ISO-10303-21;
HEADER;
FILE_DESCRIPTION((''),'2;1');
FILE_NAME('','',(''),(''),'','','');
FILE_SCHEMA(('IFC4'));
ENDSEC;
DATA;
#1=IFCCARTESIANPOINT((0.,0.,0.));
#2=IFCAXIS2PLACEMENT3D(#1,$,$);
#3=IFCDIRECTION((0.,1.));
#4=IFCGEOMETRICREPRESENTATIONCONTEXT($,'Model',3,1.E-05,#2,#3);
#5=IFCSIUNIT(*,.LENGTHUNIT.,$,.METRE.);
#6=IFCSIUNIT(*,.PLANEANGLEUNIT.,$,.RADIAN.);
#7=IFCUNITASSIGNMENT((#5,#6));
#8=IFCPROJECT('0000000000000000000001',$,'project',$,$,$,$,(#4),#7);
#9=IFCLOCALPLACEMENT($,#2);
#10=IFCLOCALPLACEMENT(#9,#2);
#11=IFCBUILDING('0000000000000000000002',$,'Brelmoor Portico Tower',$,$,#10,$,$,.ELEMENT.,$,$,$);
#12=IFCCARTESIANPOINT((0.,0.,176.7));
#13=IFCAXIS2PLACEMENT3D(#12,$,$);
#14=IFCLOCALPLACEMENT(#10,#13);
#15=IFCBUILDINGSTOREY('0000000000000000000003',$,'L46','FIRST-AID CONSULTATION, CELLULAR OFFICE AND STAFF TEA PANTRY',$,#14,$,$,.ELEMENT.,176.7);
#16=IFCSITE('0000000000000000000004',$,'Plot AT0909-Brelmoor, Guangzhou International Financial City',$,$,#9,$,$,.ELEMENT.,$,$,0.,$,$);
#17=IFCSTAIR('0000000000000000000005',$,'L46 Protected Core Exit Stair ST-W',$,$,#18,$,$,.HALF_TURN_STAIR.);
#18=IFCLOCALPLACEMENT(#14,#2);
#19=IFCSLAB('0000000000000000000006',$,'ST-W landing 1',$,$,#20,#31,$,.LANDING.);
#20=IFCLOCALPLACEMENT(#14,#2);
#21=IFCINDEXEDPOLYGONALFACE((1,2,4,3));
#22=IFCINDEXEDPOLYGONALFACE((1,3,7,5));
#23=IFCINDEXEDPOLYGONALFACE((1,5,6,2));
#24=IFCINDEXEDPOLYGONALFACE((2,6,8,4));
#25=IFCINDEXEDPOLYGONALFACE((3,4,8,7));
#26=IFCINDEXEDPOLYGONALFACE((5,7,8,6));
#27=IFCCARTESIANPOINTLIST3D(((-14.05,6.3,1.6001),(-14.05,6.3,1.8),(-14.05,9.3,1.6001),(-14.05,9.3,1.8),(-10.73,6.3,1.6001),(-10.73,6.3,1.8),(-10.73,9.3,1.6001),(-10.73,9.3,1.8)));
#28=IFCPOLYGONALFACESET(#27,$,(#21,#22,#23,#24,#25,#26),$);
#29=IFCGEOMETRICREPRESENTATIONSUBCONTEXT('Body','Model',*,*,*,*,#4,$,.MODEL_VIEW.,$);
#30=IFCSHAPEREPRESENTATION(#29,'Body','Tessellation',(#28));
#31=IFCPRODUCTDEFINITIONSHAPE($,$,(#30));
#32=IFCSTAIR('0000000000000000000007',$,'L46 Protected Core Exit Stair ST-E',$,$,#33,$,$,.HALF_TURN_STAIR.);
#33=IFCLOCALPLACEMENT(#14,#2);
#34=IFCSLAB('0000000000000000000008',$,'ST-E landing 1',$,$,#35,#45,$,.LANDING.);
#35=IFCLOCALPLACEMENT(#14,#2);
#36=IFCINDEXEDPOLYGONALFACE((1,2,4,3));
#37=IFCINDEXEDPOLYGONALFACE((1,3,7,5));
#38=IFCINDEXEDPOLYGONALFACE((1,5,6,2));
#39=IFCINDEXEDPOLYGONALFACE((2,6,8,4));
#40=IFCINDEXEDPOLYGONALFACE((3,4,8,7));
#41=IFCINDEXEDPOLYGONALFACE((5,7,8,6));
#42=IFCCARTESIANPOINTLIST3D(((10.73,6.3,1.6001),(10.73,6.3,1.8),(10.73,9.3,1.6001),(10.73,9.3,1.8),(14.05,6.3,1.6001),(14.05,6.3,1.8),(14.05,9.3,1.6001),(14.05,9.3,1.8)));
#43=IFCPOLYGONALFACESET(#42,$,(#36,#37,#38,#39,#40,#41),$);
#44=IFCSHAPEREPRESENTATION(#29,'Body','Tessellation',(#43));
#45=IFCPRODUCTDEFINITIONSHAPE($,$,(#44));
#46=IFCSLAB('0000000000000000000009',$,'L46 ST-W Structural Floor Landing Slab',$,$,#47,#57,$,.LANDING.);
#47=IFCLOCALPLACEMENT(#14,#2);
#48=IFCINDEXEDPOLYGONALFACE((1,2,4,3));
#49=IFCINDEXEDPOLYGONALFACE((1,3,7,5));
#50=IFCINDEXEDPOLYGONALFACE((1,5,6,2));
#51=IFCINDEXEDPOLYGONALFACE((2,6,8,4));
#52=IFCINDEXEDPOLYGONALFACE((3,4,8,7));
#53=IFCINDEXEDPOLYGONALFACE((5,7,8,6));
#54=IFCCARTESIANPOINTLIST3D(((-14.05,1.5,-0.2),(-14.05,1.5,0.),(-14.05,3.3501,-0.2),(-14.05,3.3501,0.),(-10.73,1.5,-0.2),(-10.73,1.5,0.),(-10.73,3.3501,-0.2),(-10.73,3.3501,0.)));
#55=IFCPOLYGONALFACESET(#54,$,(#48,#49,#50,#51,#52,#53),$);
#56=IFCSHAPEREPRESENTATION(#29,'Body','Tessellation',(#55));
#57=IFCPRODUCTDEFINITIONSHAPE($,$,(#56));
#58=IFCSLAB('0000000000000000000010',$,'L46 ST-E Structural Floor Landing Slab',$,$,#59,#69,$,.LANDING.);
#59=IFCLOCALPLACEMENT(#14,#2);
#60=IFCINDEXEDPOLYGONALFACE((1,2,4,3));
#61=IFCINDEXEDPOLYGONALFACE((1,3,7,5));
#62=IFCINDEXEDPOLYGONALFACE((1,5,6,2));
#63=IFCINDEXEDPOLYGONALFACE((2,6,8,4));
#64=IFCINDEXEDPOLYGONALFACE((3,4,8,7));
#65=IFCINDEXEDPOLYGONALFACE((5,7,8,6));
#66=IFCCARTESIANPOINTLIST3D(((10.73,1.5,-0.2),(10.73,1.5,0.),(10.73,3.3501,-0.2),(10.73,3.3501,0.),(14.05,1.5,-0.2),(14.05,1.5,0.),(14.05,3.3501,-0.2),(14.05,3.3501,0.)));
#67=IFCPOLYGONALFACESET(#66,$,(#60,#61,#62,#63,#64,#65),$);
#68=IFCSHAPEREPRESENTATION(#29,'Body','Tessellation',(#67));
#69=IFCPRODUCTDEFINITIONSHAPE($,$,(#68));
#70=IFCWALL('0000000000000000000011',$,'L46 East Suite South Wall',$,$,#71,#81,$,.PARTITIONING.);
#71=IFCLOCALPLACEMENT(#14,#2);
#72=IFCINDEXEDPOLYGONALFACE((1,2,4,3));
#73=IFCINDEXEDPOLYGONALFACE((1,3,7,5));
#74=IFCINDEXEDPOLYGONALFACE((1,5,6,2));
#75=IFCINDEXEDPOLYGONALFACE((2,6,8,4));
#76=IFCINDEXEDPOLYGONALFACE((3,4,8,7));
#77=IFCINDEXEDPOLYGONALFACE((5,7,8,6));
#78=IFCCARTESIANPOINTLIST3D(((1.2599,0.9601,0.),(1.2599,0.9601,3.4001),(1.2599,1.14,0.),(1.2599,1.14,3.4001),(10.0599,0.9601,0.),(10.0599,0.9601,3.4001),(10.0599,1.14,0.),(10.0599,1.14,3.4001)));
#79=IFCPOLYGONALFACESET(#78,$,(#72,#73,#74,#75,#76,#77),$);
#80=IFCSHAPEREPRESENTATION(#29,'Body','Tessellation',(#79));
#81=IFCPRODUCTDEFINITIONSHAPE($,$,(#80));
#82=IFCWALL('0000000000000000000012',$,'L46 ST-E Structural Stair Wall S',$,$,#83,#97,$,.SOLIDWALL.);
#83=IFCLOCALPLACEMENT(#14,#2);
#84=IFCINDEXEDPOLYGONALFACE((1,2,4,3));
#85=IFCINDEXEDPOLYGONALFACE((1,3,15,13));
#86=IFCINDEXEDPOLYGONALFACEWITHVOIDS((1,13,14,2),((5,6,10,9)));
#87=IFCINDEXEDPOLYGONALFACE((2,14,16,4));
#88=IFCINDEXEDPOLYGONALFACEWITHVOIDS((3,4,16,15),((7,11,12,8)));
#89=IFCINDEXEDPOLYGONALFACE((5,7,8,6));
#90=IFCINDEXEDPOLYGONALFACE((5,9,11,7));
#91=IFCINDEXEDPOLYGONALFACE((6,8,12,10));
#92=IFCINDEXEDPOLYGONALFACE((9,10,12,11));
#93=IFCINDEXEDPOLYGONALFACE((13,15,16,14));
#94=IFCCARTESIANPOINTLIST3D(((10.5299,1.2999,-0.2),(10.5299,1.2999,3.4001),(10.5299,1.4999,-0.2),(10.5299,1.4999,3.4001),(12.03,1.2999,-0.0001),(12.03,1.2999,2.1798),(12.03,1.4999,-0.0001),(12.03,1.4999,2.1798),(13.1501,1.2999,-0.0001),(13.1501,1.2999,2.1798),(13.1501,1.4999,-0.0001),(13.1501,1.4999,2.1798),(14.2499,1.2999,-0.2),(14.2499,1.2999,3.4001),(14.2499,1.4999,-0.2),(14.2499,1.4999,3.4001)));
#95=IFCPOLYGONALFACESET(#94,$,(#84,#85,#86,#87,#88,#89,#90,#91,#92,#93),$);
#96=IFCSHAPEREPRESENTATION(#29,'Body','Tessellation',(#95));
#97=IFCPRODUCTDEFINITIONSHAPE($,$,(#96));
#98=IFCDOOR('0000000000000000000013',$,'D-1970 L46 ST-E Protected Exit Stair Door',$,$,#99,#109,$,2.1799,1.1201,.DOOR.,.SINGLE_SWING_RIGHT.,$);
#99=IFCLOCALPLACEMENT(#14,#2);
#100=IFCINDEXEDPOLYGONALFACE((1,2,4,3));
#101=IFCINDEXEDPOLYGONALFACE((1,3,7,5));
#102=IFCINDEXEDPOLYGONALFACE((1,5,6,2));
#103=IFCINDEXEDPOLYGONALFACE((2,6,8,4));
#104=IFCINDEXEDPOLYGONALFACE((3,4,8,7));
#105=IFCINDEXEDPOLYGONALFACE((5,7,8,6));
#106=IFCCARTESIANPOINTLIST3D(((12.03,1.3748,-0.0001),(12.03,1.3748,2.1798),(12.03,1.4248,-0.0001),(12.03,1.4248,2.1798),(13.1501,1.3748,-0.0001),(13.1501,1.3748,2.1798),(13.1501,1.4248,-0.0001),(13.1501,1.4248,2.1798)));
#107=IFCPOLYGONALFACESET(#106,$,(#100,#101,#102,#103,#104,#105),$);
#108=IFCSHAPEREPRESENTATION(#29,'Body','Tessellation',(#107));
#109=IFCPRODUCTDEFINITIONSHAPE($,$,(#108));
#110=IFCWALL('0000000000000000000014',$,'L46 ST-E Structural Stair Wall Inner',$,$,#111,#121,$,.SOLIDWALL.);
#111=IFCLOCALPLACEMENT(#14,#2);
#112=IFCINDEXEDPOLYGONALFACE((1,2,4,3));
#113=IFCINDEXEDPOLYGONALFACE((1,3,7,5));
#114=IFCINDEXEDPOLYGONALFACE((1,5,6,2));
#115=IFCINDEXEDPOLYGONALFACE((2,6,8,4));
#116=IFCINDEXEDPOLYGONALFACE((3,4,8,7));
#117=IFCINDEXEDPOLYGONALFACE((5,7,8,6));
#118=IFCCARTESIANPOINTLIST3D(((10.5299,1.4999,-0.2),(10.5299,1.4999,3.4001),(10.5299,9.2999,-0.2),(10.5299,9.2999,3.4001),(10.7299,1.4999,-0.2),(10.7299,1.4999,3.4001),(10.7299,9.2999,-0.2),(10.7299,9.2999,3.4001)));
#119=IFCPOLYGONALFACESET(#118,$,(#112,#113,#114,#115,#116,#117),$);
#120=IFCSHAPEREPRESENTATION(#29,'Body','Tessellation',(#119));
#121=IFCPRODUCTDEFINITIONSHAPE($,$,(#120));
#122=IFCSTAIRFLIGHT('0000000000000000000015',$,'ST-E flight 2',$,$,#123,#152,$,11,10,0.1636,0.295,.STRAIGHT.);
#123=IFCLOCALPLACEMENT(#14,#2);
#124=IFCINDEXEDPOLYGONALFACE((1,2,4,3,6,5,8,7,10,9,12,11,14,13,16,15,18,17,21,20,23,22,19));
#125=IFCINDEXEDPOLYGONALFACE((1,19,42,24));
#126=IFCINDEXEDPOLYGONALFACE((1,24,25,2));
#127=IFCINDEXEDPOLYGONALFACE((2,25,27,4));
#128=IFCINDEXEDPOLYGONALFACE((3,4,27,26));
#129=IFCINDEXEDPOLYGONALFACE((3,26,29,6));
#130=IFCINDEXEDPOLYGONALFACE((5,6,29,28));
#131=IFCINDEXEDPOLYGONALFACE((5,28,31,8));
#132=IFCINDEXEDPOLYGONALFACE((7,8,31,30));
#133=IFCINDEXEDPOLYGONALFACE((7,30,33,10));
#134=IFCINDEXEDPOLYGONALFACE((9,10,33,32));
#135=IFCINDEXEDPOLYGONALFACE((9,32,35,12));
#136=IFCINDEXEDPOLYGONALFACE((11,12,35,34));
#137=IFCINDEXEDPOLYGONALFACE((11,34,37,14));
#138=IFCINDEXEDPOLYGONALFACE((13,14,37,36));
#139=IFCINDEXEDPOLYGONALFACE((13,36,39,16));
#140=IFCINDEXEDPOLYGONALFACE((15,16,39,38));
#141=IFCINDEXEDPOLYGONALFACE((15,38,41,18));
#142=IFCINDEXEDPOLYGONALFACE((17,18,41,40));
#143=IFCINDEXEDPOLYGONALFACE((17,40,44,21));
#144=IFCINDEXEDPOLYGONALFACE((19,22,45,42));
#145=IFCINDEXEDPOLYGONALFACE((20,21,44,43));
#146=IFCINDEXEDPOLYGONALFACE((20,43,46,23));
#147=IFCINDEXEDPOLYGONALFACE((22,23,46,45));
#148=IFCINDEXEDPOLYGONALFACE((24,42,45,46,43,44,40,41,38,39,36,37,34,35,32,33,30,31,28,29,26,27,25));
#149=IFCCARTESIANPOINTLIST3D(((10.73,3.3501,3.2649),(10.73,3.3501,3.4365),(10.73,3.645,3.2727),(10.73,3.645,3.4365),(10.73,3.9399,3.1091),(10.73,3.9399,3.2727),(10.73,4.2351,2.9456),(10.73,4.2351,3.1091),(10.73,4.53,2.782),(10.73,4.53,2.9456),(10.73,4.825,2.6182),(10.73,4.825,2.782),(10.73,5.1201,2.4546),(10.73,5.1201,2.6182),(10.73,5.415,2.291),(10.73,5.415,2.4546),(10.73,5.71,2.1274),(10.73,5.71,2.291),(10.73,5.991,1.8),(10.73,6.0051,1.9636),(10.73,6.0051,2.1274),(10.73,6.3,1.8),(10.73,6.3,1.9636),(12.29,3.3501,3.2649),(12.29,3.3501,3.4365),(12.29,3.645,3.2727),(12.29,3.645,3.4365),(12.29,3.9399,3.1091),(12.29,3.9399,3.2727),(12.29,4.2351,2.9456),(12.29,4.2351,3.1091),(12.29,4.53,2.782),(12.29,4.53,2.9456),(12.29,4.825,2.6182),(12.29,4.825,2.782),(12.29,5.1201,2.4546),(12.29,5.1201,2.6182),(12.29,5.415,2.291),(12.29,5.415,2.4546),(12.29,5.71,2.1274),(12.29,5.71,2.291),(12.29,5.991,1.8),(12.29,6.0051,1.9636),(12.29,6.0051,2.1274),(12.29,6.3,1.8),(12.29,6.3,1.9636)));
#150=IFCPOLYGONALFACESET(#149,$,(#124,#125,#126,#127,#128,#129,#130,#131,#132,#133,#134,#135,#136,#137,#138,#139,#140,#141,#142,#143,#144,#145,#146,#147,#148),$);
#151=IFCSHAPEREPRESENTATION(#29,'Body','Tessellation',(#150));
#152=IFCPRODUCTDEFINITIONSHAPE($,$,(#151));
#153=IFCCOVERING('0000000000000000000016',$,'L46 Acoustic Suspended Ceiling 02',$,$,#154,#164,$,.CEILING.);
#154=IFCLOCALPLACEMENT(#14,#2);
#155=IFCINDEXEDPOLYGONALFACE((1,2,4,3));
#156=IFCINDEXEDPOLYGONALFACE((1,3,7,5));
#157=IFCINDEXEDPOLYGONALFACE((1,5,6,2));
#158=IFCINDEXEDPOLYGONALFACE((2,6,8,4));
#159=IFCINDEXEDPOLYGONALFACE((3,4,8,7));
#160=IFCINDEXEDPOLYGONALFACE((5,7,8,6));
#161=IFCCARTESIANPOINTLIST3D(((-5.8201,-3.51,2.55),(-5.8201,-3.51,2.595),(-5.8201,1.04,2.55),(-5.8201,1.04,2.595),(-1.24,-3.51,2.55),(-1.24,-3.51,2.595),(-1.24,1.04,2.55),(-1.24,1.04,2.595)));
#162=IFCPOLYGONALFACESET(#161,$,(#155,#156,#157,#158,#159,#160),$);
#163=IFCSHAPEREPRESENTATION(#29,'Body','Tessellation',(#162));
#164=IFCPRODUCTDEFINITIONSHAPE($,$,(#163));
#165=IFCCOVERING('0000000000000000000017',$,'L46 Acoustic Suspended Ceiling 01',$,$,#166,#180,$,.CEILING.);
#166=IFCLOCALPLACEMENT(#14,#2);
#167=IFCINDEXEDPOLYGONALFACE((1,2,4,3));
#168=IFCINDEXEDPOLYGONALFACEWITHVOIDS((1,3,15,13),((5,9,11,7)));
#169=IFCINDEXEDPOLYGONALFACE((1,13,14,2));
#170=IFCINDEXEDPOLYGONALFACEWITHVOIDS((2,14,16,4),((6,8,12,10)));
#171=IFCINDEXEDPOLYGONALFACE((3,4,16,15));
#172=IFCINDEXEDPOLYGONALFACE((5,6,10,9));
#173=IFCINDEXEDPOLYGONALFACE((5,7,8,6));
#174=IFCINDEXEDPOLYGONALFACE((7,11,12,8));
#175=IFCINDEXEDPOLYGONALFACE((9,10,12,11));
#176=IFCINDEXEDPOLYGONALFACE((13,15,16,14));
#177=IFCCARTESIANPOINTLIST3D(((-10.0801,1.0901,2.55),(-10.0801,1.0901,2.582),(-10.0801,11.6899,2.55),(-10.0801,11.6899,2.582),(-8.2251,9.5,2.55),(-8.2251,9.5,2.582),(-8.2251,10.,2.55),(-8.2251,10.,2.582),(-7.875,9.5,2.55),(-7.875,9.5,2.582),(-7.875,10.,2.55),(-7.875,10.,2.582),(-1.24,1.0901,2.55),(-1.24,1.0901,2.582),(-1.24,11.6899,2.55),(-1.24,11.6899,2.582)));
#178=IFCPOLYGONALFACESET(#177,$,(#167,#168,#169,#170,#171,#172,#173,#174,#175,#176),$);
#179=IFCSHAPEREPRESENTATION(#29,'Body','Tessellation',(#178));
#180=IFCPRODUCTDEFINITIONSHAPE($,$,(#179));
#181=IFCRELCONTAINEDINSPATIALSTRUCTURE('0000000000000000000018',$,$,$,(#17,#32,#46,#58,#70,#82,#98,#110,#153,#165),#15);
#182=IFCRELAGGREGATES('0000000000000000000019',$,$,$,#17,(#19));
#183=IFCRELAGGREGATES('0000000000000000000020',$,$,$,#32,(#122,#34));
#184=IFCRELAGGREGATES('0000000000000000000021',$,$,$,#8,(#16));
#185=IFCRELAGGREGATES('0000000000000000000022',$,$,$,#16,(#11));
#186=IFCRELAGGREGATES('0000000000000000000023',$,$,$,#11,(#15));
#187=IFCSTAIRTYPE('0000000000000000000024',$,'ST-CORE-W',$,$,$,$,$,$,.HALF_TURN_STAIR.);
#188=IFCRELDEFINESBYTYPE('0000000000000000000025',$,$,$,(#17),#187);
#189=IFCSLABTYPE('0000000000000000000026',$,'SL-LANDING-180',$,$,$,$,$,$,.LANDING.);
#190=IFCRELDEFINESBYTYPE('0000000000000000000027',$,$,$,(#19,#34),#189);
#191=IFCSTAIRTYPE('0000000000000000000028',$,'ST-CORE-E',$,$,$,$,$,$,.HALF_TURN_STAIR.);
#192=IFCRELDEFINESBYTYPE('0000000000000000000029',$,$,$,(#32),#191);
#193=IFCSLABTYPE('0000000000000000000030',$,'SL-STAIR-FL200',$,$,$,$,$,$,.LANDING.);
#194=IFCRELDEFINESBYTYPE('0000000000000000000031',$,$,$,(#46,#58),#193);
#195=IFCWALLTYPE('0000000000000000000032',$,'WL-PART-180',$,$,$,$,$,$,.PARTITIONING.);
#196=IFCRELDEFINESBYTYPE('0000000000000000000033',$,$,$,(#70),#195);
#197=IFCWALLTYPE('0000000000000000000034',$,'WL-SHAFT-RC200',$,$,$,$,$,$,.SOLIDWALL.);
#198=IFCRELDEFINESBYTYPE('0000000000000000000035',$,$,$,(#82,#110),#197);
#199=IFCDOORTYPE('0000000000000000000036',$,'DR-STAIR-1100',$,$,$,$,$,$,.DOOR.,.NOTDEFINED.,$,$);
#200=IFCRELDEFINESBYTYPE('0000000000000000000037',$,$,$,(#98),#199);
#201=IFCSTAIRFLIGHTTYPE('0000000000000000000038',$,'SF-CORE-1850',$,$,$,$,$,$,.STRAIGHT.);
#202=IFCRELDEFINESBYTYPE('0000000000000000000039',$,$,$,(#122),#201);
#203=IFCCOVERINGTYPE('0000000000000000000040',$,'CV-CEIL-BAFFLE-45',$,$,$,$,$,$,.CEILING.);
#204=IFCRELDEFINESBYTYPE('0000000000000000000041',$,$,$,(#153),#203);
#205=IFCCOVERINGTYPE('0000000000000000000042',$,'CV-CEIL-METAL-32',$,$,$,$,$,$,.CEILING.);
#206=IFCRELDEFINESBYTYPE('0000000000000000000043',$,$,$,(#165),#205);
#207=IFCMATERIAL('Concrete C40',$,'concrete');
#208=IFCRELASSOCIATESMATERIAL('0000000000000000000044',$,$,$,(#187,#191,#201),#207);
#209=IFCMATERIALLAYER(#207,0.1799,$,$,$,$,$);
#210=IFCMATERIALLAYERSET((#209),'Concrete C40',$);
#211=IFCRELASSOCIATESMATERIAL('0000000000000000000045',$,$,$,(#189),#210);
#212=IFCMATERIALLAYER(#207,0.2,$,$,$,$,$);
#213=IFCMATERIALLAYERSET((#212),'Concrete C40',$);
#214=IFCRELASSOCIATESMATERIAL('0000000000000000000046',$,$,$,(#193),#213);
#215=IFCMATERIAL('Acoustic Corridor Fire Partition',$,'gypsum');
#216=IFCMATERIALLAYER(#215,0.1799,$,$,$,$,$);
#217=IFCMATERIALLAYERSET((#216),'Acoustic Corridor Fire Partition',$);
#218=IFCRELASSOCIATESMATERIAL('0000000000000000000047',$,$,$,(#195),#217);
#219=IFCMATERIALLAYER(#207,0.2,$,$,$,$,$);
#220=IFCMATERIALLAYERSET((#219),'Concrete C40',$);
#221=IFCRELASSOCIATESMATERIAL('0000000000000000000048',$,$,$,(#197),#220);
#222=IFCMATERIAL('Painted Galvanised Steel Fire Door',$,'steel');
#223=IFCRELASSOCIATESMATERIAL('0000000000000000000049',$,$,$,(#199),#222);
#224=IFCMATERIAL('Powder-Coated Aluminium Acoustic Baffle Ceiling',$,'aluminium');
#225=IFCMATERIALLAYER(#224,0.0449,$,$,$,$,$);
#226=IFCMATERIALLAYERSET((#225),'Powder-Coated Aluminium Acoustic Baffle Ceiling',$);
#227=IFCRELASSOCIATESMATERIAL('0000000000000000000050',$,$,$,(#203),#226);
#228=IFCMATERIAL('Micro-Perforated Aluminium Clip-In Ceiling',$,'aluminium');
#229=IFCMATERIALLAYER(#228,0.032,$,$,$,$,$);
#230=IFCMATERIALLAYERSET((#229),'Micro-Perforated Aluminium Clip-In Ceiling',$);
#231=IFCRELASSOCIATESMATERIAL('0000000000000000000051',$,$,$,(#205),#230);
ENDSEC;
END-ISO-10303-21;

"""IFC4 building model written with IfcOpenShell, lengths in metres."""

from ifc_helpers import new_model, si_unit, direction, frame, frame_2d, origin, place, context, subcontext, project, spatial, polyline, rectangle, outline, extrude, material, layer, layer_set, type_object, element, fill, aggregate, save


model = new_model("IFC4")

# Units and contexts
model_context = context("Model", 3, precision=1e-05, world=origin(), true_north=direction((0.0, 1.0)))
body_context = subcontext(model_context, "Body", "Model", "MODEL_VIEW")
ifc_project = project(units=[si_unit("LENGTHUNIT", "METRE"), si_unit("PLANEANGLEUNIT", "RADIAN")], contexts=[model_context])

# Site, building, storey
site_placement = place(None, origin())
site = spatial("IfcSite", under=ifc_project, at=site_placement, Name="Plot AT0909-Brelmoor, Guangzhou International Financial City", CompositionType="ELEMENT", RefElevation=0.0)
building_placement = place(site_placement, origin())
building = spatial("IfcBuilding", under=site, at=building_placement, Name="Brelmoor Portico Tower", CompositionType="ELEMENT")
storey_placement = place(building_placement, frame((0.0, 0.0, 176.7)))
storey = spatial("IfcBuildingStorey", under=building, at=storey_placement, Name="L46", Description="FIRST-AID CONSULTATION, CELLULAR OFFICE AND STAFF TEA PANTRY", CompositionType="ELEMENT", Elevation=176.7)

# Shared definitions
ifc_material_1 = material(Name="Concrete C40", Category="concrete")

# Stairs, slabs
stair_type_1 = type_object("IfcStairType", Name="ST-CORE-W", PredefinedType="HALF_TURN_STAIR", material=ifc_material_1)
stair_1_placement = place(storey_placement, origin())
stair_1 = element("IfcStair", 1, at=stair_1_placement, inside=storey, type_object=stair_type_1, Name="L46 Protected Core Exit Stair ST-W", PredefinedType="HALF_TURN_STAIR")
ifc_layer_1 = layer(ifc_material_1, 0.1799)
ifc_layer_set_1 = layer_set([ifc_layer_1], Name="Concrete C40")
slab_type_1 = type_object("IfcSlabType", Name="SL-LANDING-180", PredefinedType="LANDING", material=ifc_layer_set_1)
slab_1_placement = place(storey_placement, frame((0.0, 0.0, 1.6001)))
slab_1 = element("IfcSlab", 2, at=slab_1_placement, type_object=slab_type_1, Name="ST-W landing 1", PredefinedType="LANDING", context=body_context, shape_type="SweptSolid", body=[
    extrude(outline(polyline([(-10.73, 6.3), (-10.73, 9.3), (-14.05, 9.3), (-14.05, 6.3), (-10.73, 6.3)])), origin(), (0.0, 0.0, 1.0), 0.2),
])
aggregate(stair_1, [slab_1])
stair_type_2 = type_object("IfcStairType", Name="ST-CORE-E", PredefinedType="HALF_TURN_STAIR", material=ifc_material_1)
stair_2_placement = place(storey_placement, origin())
stair_2 = element("IfcStair", 3, at=stair_2_placement, inside=storey, type_object=stair_type_2, Name="L46 Protected Core Exit Stair ST-E", PredefinedType="HALF_TURN_STAIR")
slab_2_placement = place(storey_placement, frame((0.0, 0.0, 1.6001)))
slab_2 = element("IfcSlab", 4, at=slab_2_placement, type_object=slab_type_1, Name="ST-E landing 1", PredefinedType="LANDING", context=body_context, shape_type="SweptSolid", body=[
    extrude(outline(polyline([(14.05, 6.3), (14.05, 9.3), (10.73, 9.3), (10.73, 6.3), (14.05, 6.3)])), origin(), (0.0, 0.0, 1.0), 0.2),
])

# Slabs
ifc_layer_2 = layer(ifc_material_1, 0.2)
ifc_layer_set_2 = layer_set([ifc_layer_2], Name="Concrete C40")
slab_type_2 = type_object("IfcSlabType", Name="SL-STAIR-FL200", PredefinedType="LANDING", material=ifc_layer_set_2)
slab_3_placement = place(storey_placement, frame((0.0, 0.0, -0.2)))
element("IfcSlab", 5, at=slab_3_placement, inside=storey, type_object=slab_type_2, Name="L46 ST-W Structural Floor Landing Slab", PredefinedType="LANDING", context=body_context, shape_type="SweptSolid", body=[
    extrude(outline(polyline([(-10.73, 1.5), (-10.73, 3.3501), (-14.05, 3.3501), (-14.05, 1.5), (-10.73, 1.5)])), origin(), (0.0, 0.0, 1.0), 0.2),
])
slab_4_placement = place(storey_placement, frame((0.0, 0.0, -0.2)))
element("IfcSlab", 6, at=slab_4_placement, inside=storey, type_object=slab_type_2, Name="L46 ST-E Structural Floor Landing Slab", PredefinedType="LANDING", context=body_context, shape_type="SweptSolid", body=[
    extrude(outline(polyline([(14.05, 1.5), (14.05, 3.3501), (10.73, 3.3501), (10.73, 1.5), (14.05, 1.5)])), origin(), (0.0, 0.0, 1.0), 0.2),
])

# Wall
ifc_material_2 = material(Name="Acoustic Corridor Fire Partition", Category="gypsum")
ifc_layer_3 = layer(ifc_material_2, 0.1799)
ifc_layer_set_3 = layer_set([ifc_layer_3], Name="Acoustic Corridor Fire Partition")
wall_type_1 = type_object("IfcWallType", Name="WL-PART-180", PredefinedType="PARTITIONING", material=ifc_layer_set_3)
wall_1_placement = place(storey_placement, frame((1.26, 1.05, 0.0), z_axis=(0.0, 0.0, 1.0), x_axis=(1.0, 0.0, 0.0)))
element("IfcWall", 7, at=wall_1_placement, inside=storey, type_object=wall_type_1, Name="L46 East Suite South Wall", PredefinedType="PARTITIONING", context=body_context, shape_type="SweptSolid", body=[
    extrude(rectangle(XDim=8.8, YDim=0.1799, at=frame_2d((4.3999, 0.0))), origin(), (0.0, 0.0, 1.0), 3.4001),
])

# Wall, opening, door
ifc_layer_4 = layer(ifc_material_1, 0.2)
ifc_layer_set_4 = layer_set([ifc_layer_4], Name="Concrete C40")
wall_type_2 = type_object("IfcWallType", Name="WL-SHAFT-RC200", PredefinedType="SOLIDWALL", material=ifc_layer_set_4)
wall_2_placement = place(storey_placement, frame((10.53, 1.3999, -0.2), z_axis=(0.0, 0.0, 1.0), x_axis=(1.0, 0.0, 0.0)))
wall_2 = element("IfcWall", 8, at=wall_2_placement, inside=storey, type_object=wall_type_2, Name="L46 ST-E Structural Stair Wall S", PredefinedType="SOLIDWALL", context=body_context, shape_type="SweptSolid", body=[
    extrude(rectangle(XDim=3.72, YDim=0.2, at=frame_2d((1.8599, 0.0))), origin(), (0.0, 0.0, 1.0), 3.6001),
])
opening_placement = place(wall_2_placement, frame((1.5, 0.0, 0.2)))
opening = element("IfcOpeningElement", 9, at=opening_placement, cuts=wall_2, PredefinedType="OPENING", context=body_context, shape_type="SweptSolid", body=[
    extrude(rectangle(XDim=1.1201, YDim=2.1799, at=frame_2d((0.5601, 1.0898))), frame((0.0, 0.1099, 0.0), z_axis=(0.0, -1.0, 0.0), x_axis=(1.0, 0.0, 0.0)), (0.0, 0.0, 1.0), 0.22),
])
ifc_material_3 = material(Name="Painted Galvanised Steel Fire Door", Category="steel")
door_type = type_object("IfcDoorType", Name="DR-STAIR-1100", OperationType="NOTDEFINED", PredefinedType="DOOR", material=ifc_material_3)
door_placement = place(opening_placement, origin())
door = element("IfcDoor", 10, at=door_placement, inside=storey, type_object=door_type, Name="D-1970 L46 ST-E Protected Exit Stair Door", OperationType="SINGLE_SWING_RIGHT", OverallHeight=2.1799, OverallWidth=1.1201, PredefinedType="DOOR", context=body_context, shape_type="SweptSolid", body=[
    extrude(rectangle(XDim=1.1201, YDim=2.1799, at=frame_2d((0.5601, 1.0898))), frame((0.0, 0.0249, 0.0), z_axis=(0.0, -1.0, 0.0), x_axis=(1.0, 0.0, 0.0)), (0.0, 0.0, 1.0), 0.05),
])
fill(opening, door)

# Wall
wall_3_placement = place(storey_placement, frame((10.6299, 1.5, -0.2), z_axis=(0.0, 0.0, 1.0), x_axis=(0.0, 1.0, 0.0)))
element("IfcWall", 11, at=wall_3_placement, inside=storey, type_object=wall_type_2, Name="L46 ST-E Structural Stair Wall Inner", PredefinedType="SOLIDWALL", context=body_context, shape_type="SweptSolid", body=[
    extrude(rectangle(XDim=7.8, YDim=0.2, at=frame_2d((3.8999, 0.0))), origin(), (0.0, 0.0, 1.0), 3.6001),
])

# Stair flight
stair_flight_type = type_object("IfcStairFlightType", Name="SF-CORE-1850", PredefinedType="STRAIGHT", material=ifc_material_1)
stair_flight_placement = place(storey_placement, frame((11.51, 6.3, 1.8), z_axis=(0.0, 0.0, 1.0), x_axis=(0.0, -1.0, 0.0)))
stair_flight = element("IfcStairFlight", 12, at=stair_flight_placement, type_object=stair_flight_type, Name="ST-E flight 2", NumberOfRisers=11, NumberOfTreads=10, PredefinedType="STRAIGHT", RiserHeight=0.1636, TreadLength=0.295, context=body_context, shape_type="SweptSolid", body=[
    extrude(outline(polyline([(0.0, 0.0), (0.0, 0.1636), (0.2949, 0.1636), (0.2949, 0.3274), (0.5901, 0.3274), (0.5901, 0.491), (0.885, 0.491), (0.885, 0.6545), (1.1799, 0.6545), (1.1799, 0.8181), (1.4751, 0.8181), (1.4751, 0.9819), (1.77, 0.9819), (1.77, 1.1455), (2.0649, 1.1455), (2.0649, 1.3091), (2.3601, 1.3091), (2.3601, 1.4727), (2.655, 1.4727), (2.655, 1.6365), (2.95, 1.6365), (2.95, 1.8), (2.95, 1.4648), (0.3091, 0.0), (0.0, 0.0)])), frame((0.0, 0.78, 0.0), z_axis=(0.0, -1.0, 0.0), x_axis=(1.0, 0.0, 0.0)), (0.0, 0.0, 1.0), 1.5601),
])
aggregate(stair_2, [stair_flight, slab_2])

# Coverings
ifc_material_4 = material(Name="Powder-Coated Aluminium Acoustic Baffle Ceiling", Category="aluminium")
ifc_layer_5 = layer(ifc_material_4, 0.0449)
ifc_layer_set_5 = layer_set([ifc_layer_5], Name="Powder-Coated Aluminium Acoustic Baffle Ceiling")
covering_type_1 = type_object("IfcCoveringType", Name="CV-CEIL-BAFFLE-45", PredefinedType="CEILING", material=ifc_layer_set_5)
covering_1_placement = place(storey_placement, frame((0.0, 0.0, 2.55)))
element("IfcCovering", 13, at=covering_1_placement, inside=storey, type_object=covering_type_1, Name="L46 Acoustic Suspended Ceiling 02", PredefinedType="CEILING", context=body_context, shape_type="SweptSolid", body=[
    extrude(outline(polyline([(-5.8201, -3.51), (-5.8201, 1.04), (-1.24, 1.04), (-1.24, -3.51), (-5.8201, -3.51)])), origin(), (0.0, 0.0, 1.0), 0.0449),
])
ifc_material_5 = material(Name="Micro-Perforated Aluminium Clip-In Ceiling", Category="aluminium")
ifc_layer_6 = layer(ifc_material_5, 0.032)
ifc_layer_set_6 = layer_set([ifc_layer_6], Name="Micro-Perforated Aluminium Clip-In Ceiling")
covering_type_2 = type_object("IfcCoveringType", Name="CV-CEIL-METAL-32", PredefinedType="CEILING", material=ifc_layer_set_6)
covering_2_placement = place(storey_placement, frame((0.0, 0.0, 2.55)))
element("IfcCovering", 14, at=covering_2_placement, inside=storey, type_object=covering_type_2, Name="L46 Acoustic Suspended Ceiling 01", PredefinedType="CEILING", context=body_context, shape_type="SweptSolid", body=[
    extrude(outline(polyline([(-10.0801, 11.6899), (-1.24, 11.6899), (-1.24, 1.0901), (-10.0801, 1.0901), (-10.0801, 11.6899)]), holes=[polyline([(-7.875, 9.5), (-7.875, 10.0), (-8.2251, 10.0), (-8.2251, 9.5), (-7.875, 9.5)])]), origin(), (0.0, 0.0, 1.0), 0.032),
])

save(model, "model.ifc")
